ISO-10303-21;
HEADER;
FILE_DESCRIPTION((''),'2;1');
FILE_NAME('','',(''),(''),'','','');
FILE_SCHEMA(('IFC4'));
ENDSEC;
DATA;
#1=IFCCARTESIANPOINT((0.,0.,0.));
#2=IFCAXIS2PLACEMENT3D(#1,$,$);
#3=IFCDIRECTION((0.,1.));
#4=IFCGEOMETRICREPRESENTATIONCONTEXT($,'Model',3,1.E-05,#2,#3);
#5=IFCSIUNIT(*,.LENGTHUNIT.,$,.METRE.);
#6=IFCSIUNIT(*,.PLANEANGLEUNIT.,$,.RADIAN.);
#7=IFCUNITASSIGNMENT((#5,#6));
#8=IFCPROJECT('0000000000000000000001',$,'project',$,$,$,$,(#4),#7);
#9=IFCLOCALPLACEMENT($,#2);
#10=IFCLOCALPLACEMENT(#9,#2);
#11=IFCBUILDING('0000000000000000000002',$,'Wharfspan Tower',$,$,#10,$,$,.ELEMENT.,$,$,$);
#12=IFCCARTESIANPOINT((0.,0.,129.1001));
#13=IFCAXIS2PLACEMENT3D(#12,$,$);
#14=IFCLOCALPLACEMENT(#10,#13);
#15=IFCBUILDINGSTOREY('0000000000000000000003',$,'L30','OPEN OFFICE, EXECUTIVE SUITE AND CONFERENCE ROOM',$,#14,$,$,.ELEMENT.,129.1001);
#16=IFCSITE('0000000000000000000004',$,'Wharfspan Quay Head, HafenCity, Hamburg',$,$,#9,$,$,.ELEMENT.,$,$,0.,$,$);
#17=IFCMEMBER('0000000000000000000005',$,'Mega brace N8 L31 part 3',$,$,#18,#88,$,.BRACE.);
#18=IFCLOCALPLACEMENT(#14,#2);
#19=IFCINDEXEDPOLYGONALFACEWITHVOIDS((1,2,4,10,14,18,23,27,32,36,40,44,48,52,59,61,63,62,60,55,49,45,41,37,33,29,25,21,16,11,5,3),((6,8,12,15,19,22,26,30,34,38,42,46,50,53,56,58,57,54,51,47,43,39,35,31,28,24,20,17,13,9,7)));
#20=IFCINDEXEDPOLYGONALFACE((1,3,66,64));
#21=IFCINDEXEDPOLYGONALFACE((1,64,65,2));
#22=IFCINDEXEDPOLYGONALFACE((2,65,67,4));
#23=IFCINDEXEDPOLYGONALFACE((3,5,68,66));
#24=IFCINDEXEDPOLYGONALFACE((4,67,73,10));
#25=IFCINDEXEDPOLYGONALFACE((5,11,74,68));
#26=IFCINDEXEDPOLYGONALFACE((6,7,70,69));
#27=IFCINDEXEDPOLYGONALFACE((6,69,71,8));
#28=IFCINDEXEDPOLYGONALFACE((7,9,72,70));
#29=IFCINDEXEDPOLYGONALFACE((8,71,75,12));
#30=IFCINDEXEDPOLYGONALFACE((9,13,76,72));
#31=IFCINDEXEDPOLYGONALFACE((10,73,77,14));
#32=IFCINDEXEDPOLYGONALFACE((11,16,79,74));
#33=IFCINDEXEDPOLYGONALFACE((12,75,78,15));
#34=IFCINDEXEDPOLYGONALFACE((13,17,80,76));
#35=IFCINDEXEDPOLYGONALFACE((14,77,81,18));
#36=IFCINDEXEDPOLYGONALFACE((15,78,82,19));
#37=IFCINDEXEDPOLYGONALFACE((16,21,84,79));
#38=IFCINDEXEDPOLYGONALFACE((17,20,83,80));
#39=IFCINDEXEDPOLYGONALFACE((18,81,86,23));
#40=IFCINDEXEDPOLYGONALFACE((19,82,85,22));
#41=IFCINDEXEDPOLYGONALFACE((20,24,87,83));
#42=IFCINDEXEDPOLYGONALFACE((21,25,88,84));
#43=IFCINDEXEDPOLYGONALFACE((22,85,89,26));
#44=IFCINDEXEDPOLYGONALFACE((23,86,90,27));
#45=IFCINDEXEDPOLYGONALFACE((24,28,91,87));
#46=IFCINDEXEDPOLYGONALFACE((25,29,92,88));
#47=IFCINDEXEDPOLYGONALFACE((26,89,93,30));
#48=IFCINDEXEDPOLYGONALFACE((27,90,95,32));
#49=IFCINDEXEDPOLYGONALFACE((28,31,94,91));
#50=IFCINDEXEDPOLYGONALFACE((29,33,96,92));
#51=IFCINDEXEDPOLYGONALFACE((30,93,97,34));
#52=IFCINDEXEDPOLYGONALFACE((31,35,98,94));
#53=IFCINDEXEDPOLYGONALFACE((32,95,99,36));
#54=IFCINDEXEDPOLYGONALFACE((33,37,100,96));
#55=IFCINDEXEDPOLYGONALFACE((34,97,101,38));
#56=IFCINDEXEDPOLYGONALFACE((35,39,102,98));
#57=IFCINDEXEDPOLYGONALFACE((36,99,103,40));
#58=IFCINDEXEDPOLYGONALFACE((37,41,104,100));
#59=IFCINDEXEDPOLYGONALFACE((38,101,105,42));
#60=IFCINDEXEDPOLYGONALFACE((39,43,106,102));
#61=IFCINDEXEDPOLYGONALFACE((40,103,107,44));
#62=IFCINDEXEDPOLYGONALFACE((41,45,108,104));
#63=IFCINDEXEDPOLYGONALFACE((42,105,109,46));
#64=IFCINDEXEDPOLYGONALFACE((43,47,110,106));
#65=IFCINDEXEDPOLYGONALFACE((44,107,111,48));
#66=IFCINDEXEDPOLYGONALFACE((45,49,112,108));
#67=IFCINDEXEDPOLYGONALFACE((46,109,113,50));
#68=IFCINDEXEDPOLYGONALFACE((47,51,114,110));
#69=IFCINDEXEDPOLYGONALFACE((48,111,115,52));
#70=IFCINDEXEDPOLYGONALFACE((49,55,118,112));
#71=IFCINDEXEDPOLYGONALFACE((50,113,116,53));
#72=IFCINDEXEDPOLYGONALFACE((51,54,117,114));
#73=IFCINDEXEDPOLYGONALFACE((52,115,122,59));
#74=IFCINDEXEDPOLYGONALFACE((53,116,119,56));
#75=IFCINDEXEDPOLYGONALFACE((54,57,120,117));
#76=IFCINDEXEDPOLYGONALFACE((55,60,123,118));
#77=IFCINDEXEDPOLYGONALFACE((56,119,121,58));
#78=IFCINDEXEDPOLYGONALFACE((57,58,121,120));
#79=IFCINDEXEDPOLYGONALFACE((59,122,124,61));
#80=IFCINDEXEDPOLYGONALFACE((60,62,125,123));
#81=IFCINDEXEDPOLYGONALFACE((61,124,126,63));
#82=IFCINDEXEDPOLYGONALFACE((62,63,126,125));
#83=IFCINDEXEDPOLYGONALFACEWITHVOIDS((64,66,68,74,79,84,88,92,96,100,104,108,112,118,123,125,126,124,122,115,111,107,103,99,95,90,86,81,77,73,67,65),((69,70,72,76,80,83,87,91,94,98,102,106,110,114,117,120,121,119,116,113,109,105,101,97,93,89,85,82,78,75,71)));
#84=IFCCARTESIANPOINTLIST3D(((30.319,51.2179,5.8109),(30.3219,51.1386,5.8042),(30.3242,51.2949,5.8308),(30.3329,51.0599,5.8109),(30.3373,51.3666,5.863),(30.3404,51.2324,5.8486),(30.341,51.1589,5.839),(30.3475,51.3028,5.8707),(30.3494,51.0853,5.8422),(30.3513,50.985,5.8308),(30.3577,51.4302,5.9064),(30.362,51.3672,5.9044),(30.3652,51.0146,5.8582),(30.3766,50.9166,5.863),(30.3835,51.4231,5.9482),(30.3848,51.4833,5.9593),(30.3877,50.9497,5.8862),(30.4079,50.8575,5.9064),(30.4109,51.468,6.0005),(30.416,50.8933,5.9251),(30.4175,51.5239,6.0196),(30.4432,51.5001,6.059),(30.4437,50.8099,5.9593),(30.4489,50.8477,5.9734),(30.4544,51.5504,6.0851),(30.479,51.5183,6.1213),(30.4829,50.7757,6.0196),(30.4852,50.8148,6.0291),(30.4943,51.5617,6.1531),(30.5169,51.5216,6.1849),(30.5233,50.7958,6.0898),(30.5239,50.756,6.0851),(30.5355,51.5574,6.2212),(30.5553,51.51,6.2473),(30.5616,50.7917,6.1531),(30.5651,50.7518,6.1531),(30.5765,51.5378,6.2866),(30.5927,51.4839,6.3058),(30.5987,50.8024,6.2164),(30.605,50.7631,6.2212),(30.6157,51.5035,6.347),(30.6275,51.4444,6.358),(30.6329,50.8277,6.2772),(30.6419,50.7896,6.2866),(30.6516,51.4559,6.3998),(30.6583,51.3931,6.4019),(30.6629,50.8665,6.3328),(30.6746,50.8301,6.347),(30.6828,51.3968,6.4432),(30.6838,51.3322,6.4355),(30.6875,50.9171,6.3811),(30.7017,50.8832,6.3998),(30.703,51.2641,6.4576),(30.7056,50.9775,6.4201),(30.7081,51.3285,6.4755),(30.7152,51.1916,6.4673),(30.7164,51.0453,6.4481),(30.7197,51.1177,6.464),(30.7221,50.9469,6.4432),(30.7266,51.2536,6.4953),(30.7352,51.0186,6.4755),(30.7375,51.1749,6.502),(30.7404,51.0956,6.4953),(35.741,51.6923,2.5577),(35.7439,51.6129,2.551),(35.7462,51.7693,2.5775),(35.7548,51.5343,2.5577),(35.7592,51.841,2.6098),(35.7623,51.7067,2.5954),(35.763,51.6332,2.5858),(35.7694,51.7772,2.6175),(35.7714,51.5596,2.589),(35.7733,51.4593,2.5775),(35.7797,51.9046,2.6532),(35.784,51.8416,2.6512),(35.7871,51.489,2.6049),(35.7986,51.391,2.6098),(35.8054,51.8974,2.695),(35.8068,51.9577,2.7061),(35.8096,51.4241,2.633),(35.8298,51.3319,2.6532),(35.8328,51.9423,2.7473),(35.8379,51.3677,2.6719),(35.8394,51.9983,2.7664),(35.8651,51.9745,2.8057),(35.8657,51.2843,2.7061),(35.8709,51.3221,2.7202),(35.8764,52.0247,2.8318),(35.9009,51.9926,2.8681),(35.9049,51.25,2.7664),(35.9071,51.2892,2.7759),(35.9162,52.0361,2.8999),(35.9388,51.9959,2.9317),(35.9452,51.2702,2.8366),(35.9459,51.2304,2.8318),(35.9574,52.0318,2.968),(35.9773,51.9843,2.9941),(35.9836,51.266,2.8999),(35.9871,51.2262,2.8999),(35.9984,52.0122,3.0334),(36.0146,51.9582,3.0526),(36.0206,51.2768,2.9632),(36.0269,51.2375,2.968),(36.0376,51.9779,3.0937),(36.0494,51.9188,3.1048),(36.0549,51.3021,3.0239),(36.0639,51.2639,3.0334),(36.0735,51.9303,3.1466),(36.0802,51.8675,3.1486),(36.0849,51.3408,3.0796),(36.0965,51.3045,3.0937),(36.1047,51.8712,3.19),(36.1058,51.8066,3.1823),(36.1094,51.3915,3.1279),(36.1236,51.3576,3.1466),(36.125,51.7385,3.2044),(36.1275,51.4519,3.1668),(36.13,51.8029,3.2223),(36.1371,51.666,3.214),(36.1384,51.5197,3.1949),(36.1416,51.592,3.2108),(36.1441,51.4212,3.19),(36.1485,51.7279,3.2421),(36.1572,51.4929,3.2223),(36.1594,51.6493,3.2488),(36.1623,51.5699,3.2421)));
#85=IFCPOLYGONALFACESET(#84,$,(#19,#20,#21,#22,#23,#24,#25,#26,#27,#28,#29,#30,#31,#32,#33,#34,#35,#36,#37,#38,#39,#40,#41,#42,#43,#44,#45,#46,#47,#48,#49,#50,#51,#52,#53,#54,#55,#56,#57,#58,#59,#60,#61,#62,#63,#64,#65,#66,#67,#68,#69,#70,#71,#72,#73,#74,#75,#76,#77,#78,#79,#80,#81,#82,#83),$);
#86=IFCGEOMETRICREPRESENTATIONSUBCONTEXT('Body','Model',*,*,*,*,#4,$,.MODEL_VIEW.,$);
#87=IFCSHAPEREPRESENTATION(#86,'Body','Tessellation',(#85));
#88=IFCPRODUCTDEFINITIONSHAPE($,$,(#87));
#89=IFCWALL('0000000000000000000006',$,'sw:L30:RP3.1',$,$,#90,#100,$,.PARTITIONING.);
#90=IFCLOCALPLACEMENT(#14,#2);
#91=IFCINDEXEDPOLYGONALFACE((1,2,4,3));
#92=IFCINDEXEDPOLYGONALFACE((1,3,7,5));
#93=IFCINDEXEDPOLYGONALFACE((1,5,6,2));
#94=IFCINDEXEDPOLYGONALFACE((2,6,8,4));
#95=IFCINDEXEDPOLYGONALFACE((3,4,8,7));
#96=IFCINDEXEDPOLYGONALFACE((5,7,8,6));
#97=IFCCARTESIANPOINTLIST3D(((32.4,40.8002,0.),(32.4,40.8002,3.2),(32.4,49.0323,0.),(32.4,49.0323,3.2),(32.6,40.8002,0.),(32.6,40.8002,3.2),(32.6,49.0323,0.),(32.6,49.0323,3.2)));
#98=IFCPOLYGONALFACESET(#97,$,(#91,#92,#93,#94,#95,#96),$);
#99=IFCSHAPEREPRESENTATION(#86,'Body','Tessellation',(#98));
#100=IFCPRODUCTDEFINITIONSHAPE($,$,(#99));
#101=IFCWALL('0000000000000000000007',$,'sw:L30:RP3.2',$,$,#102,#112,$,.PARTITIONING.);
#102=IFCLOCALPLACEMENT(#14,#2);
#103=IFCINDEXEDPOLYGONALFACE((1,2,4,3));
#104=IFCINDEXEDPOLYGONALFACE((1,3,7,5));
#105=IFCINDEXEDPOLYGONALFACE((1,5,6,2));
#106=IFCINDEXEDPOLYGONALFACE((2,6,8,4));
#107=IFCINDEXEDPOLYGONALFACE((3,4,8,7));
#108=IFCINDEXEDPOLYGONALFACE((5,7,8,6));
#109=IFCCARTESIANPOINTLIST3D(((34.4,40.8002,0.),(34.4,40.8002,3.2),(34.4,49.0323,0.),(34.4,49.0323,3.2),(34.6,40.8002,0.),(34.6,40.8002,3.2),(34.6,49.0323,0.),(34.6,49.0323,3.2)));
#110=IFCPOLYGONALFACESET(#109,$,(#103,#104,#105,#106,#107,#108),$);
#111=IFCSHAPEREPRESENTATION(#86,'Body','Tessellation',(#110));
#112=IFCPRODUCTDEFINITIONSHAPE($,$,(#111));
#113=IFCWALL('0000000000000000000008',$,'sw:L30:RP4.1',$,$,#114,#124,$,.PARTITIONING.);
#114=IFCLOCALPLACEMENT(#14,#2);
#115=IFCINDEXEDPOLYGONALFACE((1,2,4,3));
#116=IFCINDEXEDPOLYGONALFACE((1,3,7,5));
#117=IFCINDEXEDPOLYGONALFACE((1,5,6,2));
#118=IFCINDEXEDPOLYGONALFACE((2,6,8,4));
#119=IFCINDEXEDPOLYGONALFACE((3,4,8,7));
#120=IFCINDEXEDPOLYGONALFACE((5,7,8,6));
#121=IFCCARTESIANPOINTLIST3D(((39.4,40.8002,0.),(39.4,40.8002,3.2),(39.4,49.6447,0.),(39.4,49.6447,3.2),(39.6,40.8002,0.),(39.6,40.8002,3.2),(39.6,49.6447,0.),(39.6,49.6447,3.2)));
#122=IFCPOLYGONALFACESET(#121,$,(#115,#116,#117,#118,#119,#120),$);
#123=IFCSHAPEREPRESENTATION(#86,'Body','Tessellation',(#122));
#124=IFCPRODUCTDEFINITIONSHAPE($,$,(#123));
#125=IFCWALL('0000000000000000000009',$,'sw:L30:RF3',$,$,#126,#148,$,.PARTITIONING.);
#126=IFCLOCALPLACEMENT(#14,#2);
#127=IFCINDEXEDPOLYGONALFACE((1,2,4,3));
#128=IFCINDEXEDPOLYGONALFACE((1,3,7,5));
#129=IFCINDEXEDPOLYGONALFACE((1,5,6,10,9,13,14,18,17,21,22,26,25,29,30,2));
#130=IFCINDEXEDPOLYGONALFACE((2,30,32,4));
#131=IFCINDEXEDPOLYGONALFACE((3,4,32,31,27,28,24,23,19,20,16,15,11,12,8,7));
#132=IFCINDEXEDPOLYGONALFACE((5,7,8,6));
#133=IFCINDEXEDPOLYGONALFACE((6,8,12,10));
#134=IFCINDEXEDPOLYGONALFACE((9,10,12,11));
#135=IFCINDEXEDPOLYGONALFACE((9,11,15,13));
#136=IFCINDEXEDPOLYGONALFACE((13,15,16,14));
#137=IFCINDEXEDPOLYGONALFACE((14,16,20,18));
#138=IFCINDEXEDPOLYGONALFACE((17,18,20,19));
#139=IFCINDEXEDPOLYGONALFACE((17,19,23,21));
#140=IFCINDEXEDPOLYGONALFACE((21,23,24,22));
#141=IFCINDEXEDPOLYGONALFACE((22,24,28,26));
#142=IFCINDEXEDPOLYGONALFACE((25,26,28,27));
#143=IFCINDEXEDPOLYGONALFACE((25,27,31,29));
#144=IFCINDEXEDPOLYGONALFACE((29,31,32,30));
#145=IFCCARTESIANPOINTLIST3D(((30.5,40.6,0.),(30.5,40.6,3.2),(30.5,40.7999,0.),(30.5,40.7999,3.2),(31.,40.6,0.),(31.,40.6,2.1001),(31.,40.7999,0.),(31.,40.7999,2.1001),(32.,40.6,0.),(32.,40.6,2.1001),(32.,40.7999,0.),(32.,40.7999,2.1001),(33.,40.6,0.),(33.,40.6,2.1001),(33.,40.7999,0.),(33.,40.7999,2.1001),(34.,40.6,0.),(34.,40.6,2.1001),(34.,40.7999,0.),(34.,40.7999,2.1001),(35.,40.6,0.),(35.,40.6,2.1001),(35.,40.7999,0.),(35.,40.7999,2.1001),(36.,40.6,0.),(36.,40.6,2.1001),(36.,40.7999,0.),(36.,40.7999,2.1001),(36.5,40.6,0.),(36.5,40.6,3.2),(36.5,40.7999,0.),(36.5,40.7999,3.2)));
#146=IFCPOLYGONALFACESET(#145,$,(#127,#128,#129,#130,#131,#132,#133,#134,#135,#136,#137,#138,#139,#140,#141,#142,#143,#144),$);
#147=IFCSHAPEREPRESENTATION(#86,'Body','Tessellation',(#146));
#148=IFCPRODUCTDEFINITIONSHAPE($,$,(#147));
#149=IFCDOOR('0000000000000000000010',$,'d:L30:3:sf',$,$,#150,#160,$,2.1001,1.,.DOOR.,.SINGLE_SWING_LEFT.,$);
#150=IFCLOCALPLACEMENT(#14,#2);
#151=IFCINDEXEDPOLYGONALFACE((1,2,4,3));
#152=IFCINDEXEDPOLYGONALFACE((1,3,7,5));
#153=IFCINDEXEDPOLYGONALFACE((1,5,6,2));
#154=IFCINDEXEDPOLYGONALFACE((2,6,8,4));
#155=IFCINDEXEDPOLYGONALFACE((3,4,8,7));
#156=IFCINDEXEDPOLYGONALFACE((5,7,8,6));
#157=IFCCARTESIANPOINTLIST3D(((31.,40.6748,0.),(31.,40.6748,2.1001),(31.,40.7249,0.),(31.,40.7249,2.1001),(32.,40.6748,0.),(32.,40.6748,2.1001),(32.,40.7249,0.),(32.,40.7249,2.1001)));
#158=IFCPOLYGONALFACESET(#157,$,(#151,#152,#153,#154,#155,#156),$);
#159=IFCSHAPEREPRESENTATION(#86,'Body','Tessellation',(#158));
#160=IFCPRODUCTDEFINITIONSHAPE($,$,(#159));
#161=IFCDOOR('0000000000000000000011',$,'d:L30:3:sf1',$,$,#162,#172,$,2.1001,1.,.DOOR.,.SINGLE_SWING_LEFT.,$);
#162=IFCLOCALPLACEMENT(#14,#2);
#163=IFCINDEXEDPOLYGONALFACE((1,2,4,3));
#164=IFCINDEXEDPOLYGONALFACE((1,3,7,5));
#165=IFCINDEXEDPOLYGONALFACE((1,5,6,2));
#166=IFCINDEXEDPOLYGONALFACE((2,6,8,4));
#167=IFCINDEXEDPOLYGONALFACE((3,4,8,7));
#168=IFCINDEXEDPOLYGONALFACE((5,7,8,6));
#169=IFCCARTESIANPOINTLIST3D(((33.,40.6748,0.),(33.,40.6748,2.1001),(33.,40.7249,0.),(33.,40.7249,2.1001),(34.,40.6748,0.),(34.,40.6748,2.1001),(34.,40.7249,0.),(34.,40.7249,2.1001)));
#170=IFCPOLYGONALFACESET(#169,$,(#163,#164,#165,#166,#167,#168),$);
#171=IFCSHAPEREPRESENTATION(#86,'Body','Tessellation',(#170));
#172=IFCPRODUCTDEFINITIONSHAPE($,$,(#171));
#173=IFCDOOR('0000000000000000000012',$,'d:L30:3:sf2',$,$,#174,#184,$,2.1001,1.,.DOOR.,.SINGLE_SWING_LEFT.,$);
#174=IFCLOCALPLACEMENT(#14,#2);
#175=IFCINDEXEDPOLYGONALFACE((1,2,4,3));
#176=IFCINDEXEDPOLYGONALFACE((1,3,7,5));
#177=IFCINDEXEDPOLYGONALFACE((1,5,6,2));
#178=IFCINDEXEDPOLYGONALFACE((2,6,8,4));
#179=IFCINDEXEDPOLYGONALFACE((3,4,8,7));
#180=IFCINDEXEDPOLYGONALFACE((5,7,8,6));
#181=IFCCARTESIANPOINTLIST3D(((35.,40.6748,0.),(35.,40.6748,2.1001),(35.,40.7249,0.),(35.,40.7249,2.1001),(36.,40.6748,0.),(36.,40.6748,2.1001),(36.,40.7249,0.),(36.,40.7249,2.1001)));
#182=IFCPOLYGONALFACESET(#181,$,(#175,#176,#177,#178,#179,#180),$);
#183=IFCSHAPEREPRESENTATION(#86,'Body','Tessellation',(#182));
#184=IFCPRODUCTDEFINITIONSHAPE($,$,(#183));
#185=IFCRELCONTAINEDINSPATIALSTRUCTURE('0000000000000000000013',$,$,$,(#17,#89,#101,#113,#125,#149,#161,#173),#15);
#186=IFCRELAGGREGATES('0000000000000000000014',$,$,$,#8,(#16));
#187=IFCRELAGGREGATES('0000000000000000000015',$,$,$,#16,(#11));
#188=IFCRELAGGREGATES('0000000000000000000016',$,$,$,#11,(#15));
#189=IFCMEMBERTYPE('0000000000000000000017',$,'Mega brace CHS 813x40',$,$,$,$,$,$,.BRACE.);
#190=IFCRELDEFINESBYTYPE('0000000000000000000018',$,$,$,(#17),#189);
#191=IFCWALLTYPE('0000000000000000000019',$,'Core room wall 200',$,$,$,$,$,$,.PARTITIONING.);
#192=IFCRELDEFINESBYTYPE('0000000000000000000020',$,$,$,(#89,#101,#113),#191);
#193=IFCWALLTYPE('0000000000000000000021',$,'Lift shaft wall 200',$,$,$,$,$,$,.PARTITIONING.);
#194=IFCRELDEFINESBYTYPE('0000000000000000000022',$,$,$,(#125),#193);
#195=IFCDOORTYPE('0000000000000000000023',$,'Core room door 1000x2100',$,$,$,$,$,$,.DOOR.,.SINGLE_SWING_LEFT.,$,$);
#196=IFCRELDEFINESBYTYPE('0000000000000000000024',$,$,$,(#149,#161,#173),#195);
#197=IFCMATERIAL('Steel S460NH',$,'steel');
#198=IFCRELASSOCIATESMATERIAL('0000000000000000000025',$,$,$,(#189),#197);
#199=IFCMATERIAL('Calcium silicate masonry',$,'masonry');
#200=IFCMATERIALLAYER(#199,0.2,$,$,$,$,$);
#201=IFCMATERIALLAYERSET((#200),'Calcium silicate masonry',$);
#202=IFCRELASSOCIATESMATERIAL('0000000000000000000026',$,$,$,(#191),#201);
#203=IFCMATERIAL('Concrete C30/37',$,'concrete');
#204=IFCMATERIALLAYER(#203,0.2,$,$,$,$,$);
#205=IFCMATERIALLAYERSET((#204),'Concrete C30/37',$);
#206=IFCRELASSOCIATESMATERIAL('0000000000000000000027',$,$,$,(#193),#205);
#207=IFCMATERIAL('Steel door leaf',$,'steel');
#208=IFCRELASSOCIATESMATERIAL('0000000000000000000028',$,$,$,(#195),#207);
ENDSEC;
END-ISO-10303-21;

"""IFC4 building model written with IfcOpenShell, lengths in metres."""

from ifc_helpers import new_model, si_unit, direction, frame, frame_2d, origin, origin_2d, place, context, subcontext, project, spatial, rectangle, hollow_circle, extrude, material, layer, layer_set, material_profile, profile_set, type_object, element, fill, save


model = new_model("IFC4")

# Units and contexts
model_context = context("Model", 3, precision=1e-05, world=origin(), true_north=direction((0.0, 1.0)))
body_context = subcontext(model_context, "Body", "Model", "MODEL_VIEW")
ifc_project = project(units=[si_unit("LENGTHUNIT", "METRE"), si_unit("PLANEANGLEUNIT", "RADIAN")], contexts=[model_context])

# Site, building, storey
site_placement = place(None, origin())
site = spatial("IfcSite", under=ifc_project, at=site_placement, Name="Wharfspan Quay Head, HafenCity, Hamburg", CompositionType="ELEMENT", RefElevation=0.0)
building_placement = place(site_placement, origin())
building = spatial("IfcBuilding", under=site, at=building_placement, Name="Wharfspan Tower", CompositionType="ELEMENT")
storey_placement = place(building_placement, frame((0.0, 0.0, 129.1001)))
storey = spatial("IfcBuildingStorey", under=building, at=storey_placement, Name="L30", Description="OPEN OFFICE, EXECUTIVE SUITE AND CONFERENCE ROOM", CompositionType="ELEMENT", Elevation=129.1001)

# Member
ifc_material_1 = material(Name="Steel S460NH", Category="steel")
ifc_material_profile_1 = material_profile(ifc_material_1, hollow_circle(Radius=0.4065, WallThickness=0.04, at=origin_2d()))
ifc_profile_set_1 = profile_set([ifc_material_profile_1], Name="Steel S460NH")
member_type = type_object("IfcMemberType", Name="Mega brace CHS 813x40", PredefinedType="BRACE", material=ifc_profile_set_1)
member_1_placement = place(storey_placement, frame((35.9517, 51.6311, 2.8999), z_axis=(-0.855087, -0.074812, 0.51306), x_axis=(0.087157, -0.996195, -0.000001)))
element("IfcMember", 1, at=member_1_placement, inside=storey, type_object=member_type, Name="Mega brace N8 L31 part 3", PredefinedType="BRACE", context=body_context, shape_type="SweptSolid", body=[
    extrude(hollow_circle(Radius=0.4065, WallThickness=0.04, at=origin_2d()), origin(), (0.0, 0.0, 1.0), 6.3408),
])

# Walls
ifc_material_2 = material(Name="Calcium silicate masonry", Category="masonry")
ifc_layer_1 = layer(ifc_material_2, 0.2)
ifc_layer_set_1 = layer_set([ifc_layer_1], Name="Calcium silicate masonry")
wall_type_1 = type_object("IfcWallType", Name="Core room wall 200", PredefinedType="PARTITIONING", material=ifc_layer_set_1)
for number, where, z_axis, x_axis, name in (
    (2, (32.5, 40.8, 0.0), (0.0, 0.0, 1.0), (0.0, 1.0, 0.0), "sw:L30:RP3.1"),
    (3, (34.5, 40.8, 0.0), (0.0, 0.0, 1.0), (0.0, 1.0, 0.0), "sw:L30:RP3.2"),
):
    element("IfcWall", number, at=place(storey_placement, frame(where, z_axis=z_axis, x_axis=x_axis)), inside=storey, type_object=wall_type_1, Name=name, PredefinedType="PARTITIONING", context=body_context, shape_type="SweptSolid", body=[
        extrude(rectangle(XDim=8.2322, YDim=0.2, at=frame_2d((4.1162, 0.0))), origin(), (0.0, 0.0, 1.0), 3.2),
    ])
wall_1_placement = place(storey_placement, frame((39.5, 40.8, 0.0), z_axis=(0.0, 0.0, 1.0), x_axis=(0.0, 1.0, 0.0)))
element("IfcWall", 4, at=wall_1_placement, inside=storey, type_object=wall_type_1, Name="sw:L30:RP4.1", PredefinedType="PARTITIONING", context=body_context, shape_type="SweptSolid", body=[
    extrude(rectangle(XDim=8.8445, YDim=0.2, at=frame_2d((4.4224, 0.0))), origin(), (0.0, 0.0, 1.0), 3.2),
])

# Wall, openings, doors
ifc_material_3 = material(Name="Concrete C30/37", Category="concrete")
ifc_layer_2 = layer(ifc_material_3, 0.2)
ifc_layer_set_2 = layer_set([ifc_layer_2], Name="Concrete C30/37")
wall_type_2 = type_object("IfcWallType", Name="Lift shaft wall 200", PredefinedType="PARTITIONING", material=ifc_layer_set_2)
wall_2_placement = place(storey_placement, frame((30.5, 40.7, 0.0), z_axis=(0.0, 0.0, 1.0), x_axis=(1.0, 0.0, 0.0)))
wall_2 = element("IfcWall", 5, at=wall_2_placement, inside=storey, type_object=wall_type_2, Name="sw:L30:RF3", PredefinedType="PARTITIONING", context=body_context, shape_type="SweptSolid", body=[
    extrude(rectangle(XDim=6.0, YDim=0.2, at=frame_2d((3.0, 0.0))), origin(), (0.0, 0.0, 1.0), 3.2),
])
opening_1_placement = place(wall_2_placement, frame((0.5, 0.0, 0.0)))
opening_1 = element("IfcOpeningElement", 6, at=opening_1_placement, cuts=wall_2, PredefinedType="OPENING", context=body_context, shape_type="SweptSolid", body=[
    extrude(rectangle(XDim=1.0, YDim=2.1001, at=frame_2d((0.5, 1.05))), frame((0.0, 0.1099, 0.0), z_axis=(0.0, -1.0, 0.0), x_axis=(1.0, 0.0, 0.0)), (0.0, 0.0, 1.0), 0.22),
])
opening_2_placement = place(wall_2_placement, frame((2.5, 0.0, 0.0)))
opening_2 = element("IfcOpeningElement", 7, at=opening_2_placement, cuts=wall_2, PredefinedType="OPENING", context=body_context, shape_type="SweptSolid", body=[
    extrude(rectangle(XDim=1.0, YDim=2.1001, at=frame_2d((0.5, 1.05))), frame((0.0, 0.1099, 0.0), z_axis=(0.0, -1.0, 0.0), x_axis=(1.0, 0.0, 0.0)), (0.0, 0.0, 1.0), 0.22),
])
opening_3_placement = place(wall_2_placement, frame((4.5, 0.0, 0.0)))
opening_3 = element("IfcOpeningElement", 8, at=opening_3_placement, cuts=wall_2, PredefinedType="OPENING", context=body_context, shape_type="SweptSolid", body=[
    extrude(rectangle(XDim=1.0, YDim=2.1001, at=frame_2d((0.5, 1.05))), frame((0.0, 0.1099, 0.0), z_axis=(0.0, -1.0, 0.0), x_axis=(1.0, 0.0, 0.0)), (0.0, 0.0, 1.0), 0.22),
])
ifc_material_4 = material(Name="Steel door leaf", Category="steel")
door_type = type_object("IfcDoorType", Name="Core room door 1000x2100", OperationType="SINGLE_SWING_LEFT", PredefinedType="DOOR", material=ifc_material_4)
door_1_placement = place(opening_1_placement, origin())
door_1 = element("IfcDoor", 9, at=door_1_placement, inside=storey, type_object=door_type, Name="d:L30:3:sf", OperationType="SINGLE_SWING_LEFT", OverallHeight=2.1001, OverallWidth=1.0, PredefinedType="DOOR", context=body_context, shape_type="SweptSolid", body=[
    extrude(rectangle(XDim=1.0, YDim=2.1001, at=frame_2d((0.5, 1.05))), frame((0.0, 0.0249, 0.0), z_axis=(0.0, -1.0, 0.0), x_axis=(1.0, 0.0, 0.0)), (0.0, 0.0, 1.0), 0.05),
])
fill(opening_1, door_1)
door_2_placement = place(opening_2_placement, origin())
door_2 = element("IfcDoor", 10, at=door_2_placement, inside=storey, type_object=door_type, Name="d:L30:3:sf1", OperationType="SINGLE_SWING_LEFT", OverallHeight=2.1001, OverallWidth=1.0, PredefinedType="DOOR", context=body_context, shape_type="SweptSolid", body=[
    extrude(rectangle(XDim=1.0, YDim=2.1001, at=frame_2d((0.5, 1.05))), frame((0.0, 0.0249, 0.0), z_axis=(0.0, -1.0, 0.0), x_axis=(1.0, 0.0, 0.0)), (0.0, 0.0, 1.0), 0.05),
])
fill(opening_2, door_2)
door_3_placement = place(opening_3_placement, origin())
door_3 = element("IfcDoor", 11, at=door_3_placement, inside=storey, type_object=door_type, Name="d:L30:3:sf2", OperationType="SINGLE_SWING_LEFT", OverallHeight=2.1001, OverallWidth=1.0, PredefinedType="DOOR", context=body_context, shape_type="SweptSolid", body=[
    extrude(rectangle(XDim=1.0, YDim=2.1001, at=frame_2d((0.5, 1.05))), frame((0.0, 0.0249, 0.0), z_axis=(0.0, -1.0, 0.0), x_axis=(1.0, 0.0, 0.0)), (0.0, 0.0, 1.0), 0.05),
])
fill(opening_3, door_3)

save(model, "model.ifc")
